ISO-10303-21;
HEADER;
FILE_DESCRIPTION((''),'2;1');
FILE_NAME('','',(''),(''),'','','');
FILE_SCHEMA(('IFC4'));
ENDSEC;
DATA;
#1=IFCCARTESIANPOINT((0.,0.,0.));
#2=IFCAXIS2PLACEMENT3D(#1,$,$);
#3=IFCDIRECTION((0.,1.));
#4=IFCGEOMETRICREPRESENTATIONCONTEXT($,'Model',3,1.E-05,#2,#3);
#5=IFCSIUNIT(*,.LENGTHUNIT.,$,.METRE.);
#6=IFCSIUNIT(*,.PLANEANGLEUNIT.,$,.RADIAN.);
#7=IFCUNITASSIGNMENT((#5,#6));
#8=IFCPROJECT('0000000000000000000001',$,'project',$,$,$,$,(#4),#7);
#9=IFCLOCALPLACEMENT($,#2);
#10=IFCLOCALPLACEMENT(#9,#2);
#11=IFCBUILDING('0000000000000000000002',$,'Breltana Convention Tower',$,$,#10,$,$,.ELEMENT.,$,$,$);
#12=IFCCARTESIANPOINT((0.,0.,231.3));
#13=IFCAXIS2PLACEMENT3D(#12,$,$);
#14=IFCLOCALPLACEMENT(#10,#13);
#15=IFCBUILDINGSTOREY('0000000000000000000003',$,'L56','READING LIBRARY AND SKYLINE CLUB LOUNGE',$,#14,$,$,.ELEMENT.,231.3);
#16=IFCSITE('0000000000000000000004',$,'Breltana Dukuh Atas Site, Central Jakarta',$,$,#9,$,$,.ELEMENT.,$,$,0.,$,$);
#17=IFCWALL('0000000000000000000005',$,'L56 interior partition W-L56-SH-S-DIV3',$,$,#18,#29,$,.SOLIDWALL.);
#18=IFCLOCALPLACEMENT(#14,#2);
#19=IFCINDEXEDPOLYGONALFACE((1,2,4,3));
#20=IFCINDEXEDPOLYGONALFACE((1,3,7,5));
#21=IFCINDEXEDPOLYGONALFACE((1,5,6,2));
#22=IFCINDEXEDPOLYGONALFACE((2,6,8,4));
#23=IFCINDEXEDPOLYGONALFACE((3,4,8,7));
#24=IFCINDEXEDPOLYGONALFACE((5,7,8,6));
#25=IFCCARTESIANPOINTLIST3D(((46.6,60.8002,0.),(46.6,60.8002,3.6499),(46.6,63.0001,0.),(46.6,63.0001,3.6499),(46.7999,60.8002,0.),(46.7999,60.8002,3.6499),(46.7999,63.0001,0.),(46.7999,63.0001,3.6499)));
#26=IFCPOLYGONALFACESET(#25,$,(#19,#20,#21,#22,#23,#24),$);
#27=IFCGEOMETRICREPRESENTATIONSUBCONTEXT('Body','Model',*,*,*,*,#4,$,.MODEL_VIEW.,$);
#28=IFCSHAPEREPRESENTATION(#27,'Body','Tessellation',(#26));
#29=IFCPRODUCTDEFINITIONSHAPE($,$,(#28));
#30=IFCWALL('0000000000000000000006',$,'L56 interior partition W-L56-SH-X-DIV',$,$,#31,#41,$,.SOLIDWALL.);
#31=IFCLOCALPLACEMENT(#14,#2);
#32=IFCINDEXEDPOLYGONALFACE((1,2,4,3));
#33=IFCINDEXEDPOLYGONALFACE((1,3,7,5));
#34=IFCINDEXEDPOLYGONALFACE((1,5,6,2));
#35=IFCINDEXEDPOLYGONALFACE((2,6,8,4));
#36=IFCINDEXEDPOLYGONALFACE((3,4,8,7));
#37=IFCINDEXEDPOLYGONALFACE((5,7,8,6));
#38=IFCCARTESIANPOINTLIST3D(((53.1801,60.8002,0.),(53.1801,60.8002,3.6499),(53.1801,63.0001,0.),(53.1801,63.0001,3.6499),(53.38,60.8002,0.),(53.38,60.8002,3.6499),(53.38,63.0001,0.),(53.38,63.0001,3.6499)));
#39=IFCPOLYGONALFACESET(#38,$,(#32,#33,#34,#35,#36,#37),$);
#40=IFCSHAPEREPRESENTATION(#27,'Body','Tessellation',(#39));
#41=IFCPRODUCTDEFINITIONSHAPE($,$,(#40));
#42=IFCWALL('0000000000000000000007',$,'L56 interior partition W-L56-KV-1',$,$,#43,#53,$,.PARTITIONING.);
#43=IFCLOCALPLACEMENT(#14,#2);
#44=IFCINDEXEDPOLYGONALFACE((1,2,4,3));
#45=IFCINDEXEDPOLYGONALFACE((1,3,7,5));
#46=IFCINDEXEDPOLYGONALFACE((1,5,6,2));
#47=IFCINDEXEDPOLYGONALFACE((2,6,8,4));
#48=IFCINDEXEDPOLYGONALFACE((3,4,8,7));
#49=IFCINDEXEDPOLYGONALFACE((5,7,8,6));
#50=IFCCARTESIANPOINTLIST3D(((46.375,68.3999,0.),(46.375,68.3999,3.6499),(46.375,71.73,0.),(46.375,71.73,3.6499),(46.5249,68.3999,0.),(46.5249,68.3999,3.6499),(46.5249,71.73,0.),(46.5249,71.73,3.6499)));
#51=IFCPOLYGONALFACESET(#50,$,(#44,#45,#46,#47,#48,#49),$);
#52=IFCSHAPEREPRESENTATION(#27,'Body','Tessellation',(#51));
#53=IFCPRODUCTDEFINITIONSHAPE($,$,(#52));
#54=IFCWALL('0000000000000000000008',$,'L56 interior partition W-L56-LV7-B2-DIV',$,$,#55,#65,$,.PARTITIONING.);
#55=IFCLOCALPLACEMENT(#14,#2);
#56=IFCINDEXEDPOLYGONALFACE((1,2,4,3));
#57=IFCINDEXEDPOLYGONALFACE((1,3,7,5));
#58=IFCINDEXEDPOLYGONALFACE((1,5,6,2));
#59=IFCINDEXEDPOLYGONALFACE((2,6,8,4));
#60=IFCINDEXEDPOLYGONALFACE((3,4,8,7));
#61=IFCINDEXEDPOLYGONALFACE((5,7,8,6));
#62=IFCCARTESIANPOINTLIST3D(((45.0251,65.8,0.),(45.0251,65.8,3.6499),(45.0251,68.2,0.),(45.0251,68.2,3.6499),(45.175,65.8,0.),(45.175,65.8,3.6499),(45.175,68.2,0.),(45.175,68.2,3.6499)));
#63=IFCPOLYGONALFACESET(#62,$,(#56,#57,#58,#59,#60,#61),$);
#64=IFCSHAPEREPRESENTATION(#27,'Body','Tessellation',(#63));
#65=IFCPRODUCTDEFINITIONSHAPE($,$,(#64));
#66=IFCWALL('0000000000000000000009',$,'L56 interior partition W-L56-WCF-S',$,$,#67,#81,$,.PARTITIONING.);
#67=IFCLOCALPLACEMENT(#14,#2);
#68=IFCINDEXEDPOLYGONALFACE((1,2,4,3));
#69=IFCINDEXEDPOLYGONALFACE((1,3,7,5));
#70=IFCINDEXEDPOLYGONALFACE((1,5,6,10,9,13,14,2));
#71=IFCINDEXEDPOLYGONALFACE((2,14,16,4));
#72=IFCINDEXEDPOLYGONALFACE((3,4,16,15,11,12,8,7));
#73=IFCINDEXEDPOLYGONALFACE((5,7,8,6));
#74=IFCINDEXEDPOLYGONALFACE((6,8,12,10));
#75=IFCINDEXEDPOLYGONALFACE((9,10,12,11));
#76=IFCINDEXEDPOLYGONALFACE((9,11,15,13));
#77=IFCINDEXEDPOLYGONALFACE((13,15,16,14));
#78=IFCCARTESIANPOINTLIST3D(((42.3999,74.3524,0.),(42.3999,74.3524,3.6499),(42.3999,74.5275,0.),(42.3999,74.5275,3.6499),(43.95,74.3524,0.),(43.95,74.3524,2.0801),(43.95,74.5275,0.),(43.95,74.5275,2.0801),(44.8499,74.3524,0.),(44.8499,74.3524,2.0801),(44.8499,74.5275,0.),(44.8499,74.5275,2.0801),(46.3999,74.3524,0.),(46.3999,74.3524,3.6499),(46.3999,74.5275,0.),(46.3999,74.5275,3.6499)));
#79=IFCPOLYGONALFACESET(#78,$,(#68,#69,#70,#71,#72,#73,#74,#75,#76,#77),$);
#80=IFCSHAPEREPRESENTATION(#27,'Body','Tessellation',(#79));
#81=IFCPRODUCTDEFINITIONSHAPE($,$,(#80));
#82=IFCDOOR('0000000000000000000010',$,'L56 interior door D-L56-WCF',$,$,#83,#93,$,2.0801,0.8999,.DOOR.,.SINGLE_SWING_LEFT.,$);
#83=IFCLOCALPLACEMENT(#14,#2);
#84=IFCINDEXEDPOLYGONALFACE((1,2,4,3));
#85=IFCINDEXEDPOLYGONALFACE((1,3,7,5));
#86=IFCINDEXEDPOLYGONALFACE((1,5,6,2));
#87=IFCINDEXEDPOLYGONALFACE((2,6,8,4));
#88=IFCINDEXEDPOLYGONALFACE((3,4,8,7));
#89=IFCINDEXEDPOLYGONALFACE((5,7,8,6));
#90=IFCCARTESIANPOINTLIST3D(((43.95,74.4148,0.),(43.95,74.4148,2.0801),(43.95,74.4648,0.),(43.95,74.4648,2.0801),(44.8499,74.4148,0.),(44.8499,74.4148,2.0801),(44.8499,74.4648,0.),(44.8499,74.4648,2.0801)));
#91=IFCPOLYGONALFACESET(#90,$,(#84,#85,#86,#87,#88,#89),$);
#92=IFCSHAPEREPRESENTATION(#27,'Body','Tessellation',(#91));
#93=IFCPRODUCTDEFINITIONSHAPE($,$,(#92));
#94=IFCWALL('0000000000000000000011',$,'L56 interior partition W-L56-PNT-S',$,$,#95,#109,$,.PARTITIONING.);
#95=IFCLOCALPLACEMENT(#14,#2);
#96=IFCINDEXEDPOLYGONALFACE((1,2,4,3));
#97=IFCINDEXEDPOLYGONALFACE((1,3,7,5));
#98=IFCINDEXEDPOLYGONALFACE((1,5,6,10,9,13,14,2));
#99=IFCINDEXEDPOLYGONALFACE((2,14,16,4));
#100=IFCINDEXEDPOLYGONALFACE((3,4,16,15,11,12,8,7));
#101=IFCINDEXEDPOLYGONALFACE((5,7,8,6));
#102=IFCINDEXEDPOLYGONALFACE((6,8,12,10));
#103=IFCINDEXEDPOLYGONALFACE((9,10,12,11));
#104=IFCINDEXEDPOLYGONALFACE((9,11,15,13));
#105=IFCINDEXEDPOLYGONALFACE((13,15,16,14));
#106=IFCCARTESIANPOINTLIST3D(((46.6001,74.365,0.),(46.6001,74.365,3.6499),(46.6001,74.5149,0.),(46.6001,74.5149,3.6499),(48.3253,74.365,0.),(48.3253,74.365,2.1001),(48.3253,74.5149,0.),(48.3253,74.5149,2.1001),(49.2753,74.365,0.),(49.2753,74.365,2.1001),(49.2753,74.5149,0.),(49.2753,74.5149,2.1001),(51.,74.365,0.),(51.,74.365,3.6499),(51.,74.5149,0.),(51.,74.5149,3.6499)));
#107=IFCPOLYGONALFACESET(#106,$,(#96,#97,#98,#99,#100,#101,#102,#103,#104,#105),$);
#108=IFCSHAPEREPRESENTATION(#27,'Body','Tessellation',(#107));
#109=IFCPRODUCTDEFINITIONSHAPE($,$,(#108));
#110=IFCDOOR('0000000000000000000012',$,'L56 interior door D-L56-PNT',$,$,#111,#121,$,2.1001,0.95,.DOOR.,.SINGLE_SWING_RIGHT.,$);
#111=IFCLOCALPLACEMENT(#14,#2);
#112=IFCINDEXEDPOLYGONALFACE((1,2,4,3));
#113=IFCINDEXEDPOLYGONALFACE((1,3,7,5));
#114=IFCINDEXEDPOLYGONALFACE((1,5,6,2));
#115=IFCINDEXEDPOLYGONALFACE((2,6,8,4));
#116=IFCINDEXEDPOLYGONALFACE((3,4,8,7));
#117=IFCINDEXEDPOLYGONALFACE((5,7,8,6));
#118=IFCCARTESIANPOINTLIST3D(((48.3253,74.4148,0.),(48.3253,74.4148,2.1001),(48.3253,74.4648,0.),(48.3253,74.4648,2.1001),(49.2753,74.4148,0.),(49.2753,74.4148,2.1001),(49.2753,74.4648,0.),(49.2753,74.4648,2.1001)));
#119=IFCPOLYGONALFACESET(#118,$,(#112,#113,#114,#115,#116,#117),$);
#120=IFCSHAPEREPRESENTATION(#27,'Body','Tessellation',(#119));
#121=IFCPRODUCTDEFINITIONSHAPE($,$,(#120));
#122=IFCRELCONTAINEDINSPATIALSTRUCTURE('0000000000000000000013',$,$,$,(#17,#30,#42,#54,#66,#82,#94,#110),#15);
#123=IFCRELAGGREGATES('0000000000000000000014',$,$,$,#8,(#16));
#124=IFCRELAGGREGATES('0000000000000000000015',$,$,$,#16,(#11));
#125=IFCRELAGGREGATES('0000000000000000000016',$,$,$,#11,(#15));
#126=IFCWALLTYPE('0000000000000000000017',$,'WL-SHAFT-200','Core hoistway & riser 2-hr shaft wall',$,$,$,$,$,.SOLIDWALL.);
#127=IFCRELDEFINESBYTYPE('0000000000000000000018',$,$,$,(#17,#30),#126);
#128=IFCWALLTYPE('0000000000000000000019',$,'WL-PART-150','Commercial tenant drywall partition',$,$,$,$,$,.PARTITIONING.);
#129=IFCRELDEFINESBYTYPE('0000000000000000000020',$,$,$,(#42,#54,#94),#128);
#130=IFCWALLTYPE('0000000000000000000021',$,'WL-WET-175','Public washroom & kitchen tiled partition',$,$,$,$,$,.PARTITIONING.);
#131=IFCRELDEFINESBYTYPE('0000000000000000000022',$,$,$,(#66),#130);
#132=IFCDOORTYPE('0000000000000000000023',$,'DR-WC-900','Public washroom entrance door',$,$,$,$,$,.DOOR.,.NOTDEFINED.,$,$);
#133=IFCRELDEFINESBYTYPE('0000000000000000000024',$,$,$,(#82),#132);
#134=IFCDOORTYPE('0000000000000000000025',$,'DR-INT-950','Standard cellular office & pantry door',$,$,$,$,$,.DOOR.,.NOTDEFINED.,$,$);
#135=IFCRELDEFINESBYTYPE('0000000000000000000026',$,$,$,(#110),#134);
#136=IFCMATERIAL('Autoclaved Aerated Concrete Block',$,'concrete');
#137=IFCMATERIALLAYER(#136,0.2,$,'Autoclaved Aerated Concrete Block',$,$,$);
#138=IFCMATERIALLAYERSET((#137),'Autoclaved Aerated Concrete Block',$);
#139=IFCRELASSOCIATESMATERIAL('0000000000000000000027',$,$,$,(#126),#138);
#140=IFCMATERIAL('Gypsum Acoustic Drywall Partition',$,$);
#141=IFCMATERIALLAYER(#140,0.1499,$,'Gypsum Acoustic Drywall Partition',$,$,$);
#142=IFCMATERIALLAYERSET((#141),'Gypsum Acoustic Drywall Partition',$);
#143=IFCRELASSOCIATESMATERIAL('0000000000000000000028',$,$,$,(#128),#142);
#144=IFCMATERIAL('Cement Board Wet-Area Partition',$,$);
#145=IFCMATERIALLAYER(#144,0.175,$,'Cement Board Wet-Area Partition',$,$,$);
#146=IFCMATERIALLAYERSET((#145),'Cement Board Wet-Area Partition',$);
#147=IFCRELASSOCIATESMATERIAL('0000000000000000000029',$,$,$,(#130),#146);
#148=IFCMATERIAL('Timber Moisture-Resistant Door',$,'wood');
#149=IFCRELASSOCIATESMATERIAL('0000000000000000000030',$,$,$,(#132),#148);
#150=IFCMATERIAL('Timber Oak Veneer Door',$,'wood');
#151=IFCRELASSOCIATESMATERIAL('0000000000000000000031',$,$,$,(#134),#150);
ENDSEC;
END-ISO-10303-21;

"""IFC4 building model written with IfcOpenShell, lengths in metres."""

from ifc_helpers import new_model, si_unit, direction, frame, frame_2d, origin, place, context, subcontext, project, spatial, rectangle, extrude, source, transform, mapped, material, layer, layer_set, type_object, type_shapes, element, fill, save


model = new_model("IFC4")

# Units and contexts
model_context = context("Model", 3, precision=1e-05, world=origin(), true_north=direction((0.0, 1.0)))
body_context = subcontext(model_context, "Body", "Model", "MODEL_VIEW")
ifc_project = project(units=[si_unit("LENGTHUNIT", "METRE"), si_unit("PLANEANGLEUNIT", "RADIAN")], contexts=[model_context])

# Site, building, storey
site_placement = place(None, origin())
site = spatial("IfcSite", under=ifc_project, at=site_placement, Name="Breltana Dukuh Atas Site, Central Jakarta", CompositionType="ELEMENT", RefElevation=0.0)
building_placement = place(site_placement, origin())
building = spatial("IfcBuilding", under=site, at=building_placement, Name="Breltana Convention Tower", CompositionType="ELEMENT")
storey_placement = place(building_placement, frame((0.0, 0.0, 231.3)))
storey = spatial("IfcBuildingStorey", under=building, at=storey_placement, Name="L56", Description="READING LIBRARY AND SKYLINE CLUB LOUNGE", CompositionType="ELEMENT", Elevation=231.3)

# Shared definitions
ifc_material_1 = material(Name="Autoclaved Aerated Concrete Block", Category="concrete")
ifc_layer_1 = layer(ifc_material_1, 0.2, Name="Autoclaved Aerated Concrete Block")
ifc_layer_set_1 = layer_set([ifc_layer_1], Name="Autoclaved Aerated Concrete Block")
wall_type_1 = type_object("IfcWallType", Name="WL-SHAFT-200", Description="Core hoistway & riser 2-hr shaft wall", PredefinedType="SOLIDWALL", material=ifc_layer_set_1)

# Walls
shared_shape_1 = source(origin(), body_context, "Body", "SweptSolid", [
    extrude(rectangle(XDim=2.2, YDim=0.2, at=frame_2d((1.1001, 0.0))), origin(), (0.0, 0.0, 1.0), 3.6499),
])
for number, where, z_axis, x_axis, name in (
    (1, (46.7, 60.8, 0.0), (0.0, 0.0, 1.0), (0.0, 1.0, 0.0), "L56 interior partition W-L56-SH-S-DIV3"),
    (2, (53.28, 60.8, 0.0), (0.0, 0.0, 1.0), (0.0, 1.0, 0.0), "L56 interior partition W-L56-SH-X-DIV"),
):
    element("IfcWall", number, at=place(storey_placement, frame(where, z_axis=z_axis, x_axis=x_axis)), inside=storey, type_object=wall_type_1, Name=name, PredefinedType="SOLIDWALL", context=body_context, shape_type="MappedRepresentation", body=[
        mapped(shared_shape_1, transform((0.0, 0.0, 0.0), scale=1.0)),
    ])
ifc_material_2 = material(Name="Gypsum Acoustic Drywall Partition")
ifc_layer_2 = layer(ifc_material_2, 0.1499, Name="Gypsum Acoustic Drywall Partition")
ifc_layer_set_2 = layer_set([ifc_layer_2], Name="Gypsum Acoustic Drywall Partition")
wall_type_2 = type_object("IfcWallType", Name="WL-PART-150", Description="Commercial tenant drywall partition", PredefinedType="PARTITIONING", material=ifc_layer_set_2)
shared_shape_2 = source(origin(), body_context, "Body", "SweptSolid", [
    extrude(rectangle(XDim=3.3301, YDim=0.1499, at=frame_2d((1.665, 0.0))), origin(), (0.0, 0.0, 1.0), 3.6499),
])
wall_1_placement = place(storey_placement, frame((46.45, 68.3999, 0.0), z_axis=(0.0, 0.0, 1.0), x_axis=(0.0, 1.0, 0.0)))
element("IfcWall", 3, at=wall_1_placement, inside=storey, type_object=wall_type_2, Name="L56 interior partition W-L56-KV-1", PredefinedType="PARTITIONING", context=body_context, shape_type="MappedRepresentation", body=[
    mapped(shared_shape_2, transform((0.0, 0.0, 0.0), scale=1.0)),
])
shared_shape_3 = source(origin(), body_context, "Body", "SweptSolid", [
    extrude(rectangle(XDim=2.3999, YDim=0.1499, at=frame_2d((1.2, 0.0))), origin(), (0.0, 0.0, 1.0), 3.6499),
])
wall_2_placement = place(storey_placement, frame((45.1001, 65.8, 0.0), z_axis=(0.0, 0.0, 1.0), x_axis=(0.0, 1.0, 0.0)))
element("IfcWall", 4, at=wall_2_placement, inside=storey, type_object=wall_type_2, Name="L56 interior partition W-L56-LV7-B2-DIV", PredefinedType="PARTITIONING", context=body_context, shape_type="MappedRepresentation", body=[
    mapped(shared_shape_3, transform((0.0, 0.0, 0.0), scale=1.0)),
])

# Walls, openings, doors
ifc_material_3 = material(Name="Cement Board Wet-Area Partition")
ifc_layer_3 = layer(ifc_material_3, 0.175, Name="Cement Board Wet-Area Partition")
ifc_layer_set_3 = layer_set([ifc_layer_3], Name="Cement Board Wet-Area Partition")
wall_type_3 = type_object("IfcWallType", Name="WL-WET-175", Description="Public washroom & kitchen tiled partition", PredefinedType="PARTITIONING", material=ifc_layer_set_3)
shared_shape_4 = source(origin(), body_context, "Body", "SweptSolid", [
    extrude(rectangle(XDim=4.0, YDim=0.175, at=frame_2d((2.0, 0.0))), origin(), (0.0, 0.0, 1.0), 3.6499),
])
wall_3_placement = place(storey_placement, frame((42.3999, 74.4399, 0.0), z_axis=(0.0, 0.0, 1.0), x_axis=(1.0, 0.0, 0.0)))
wall_3 = element("IfcWall", 5, at=wall_3_placement, inside=storey, type_object=wall_type_3, Name="L56 interior partition W-L56-WCF-S", PredefinedType="PARTITIONING", context=body_context, shape_type="MappedRepresentation", body=[
    mapped(shared_shape_4, transform((0.0, 0.0, 0.0), scale=1.0)),
])
opening_1_placement = place(wall_3_placement, frame((1.55, 0.0, 0.0)))
opening_1 = element("IfcOpeningElement", 6, at=opening_1_placement, cuts=wall_3, PredefinedType="OPENING", context=body_context, shape_type="SweptSolid", body=[
    extrude(rectangle(XDim=0.8999, YDim=2.0801, at=frame_2d((0.45, 1.04))), frame((0.0, 0.0977, 0.0), z_axis=(0.0, -1.0, 0.0), x_axis=(1.0, 0.0, 0.0)), (0.0, 0.0, 1.0), 0.1951),
])
ifc_material_4 = material(Name="Timber Moisture-Resistant Door", Category="wood")
door_type_1 = type_object("IfcDoorType", Name="DR-WC-900", Description="Public washroom entrance door", OperationType="NOTDEFINED", PredefinedType="DOOR", material=ifc_material_4)
shared_shape_5 = source(origin(), body_context, "Body", "SweptSolid", [
    extrude(rectangle(XDim=0.8999, YDim=2.0801, at=frame_2d((0.45, 1.04))), frame((0.0, 0.0249, 0.0), z_axis=(0.0, -1.0, 0.0), x_axis=(1.0, 0.0, 0.0)), (0.0, 0.0, 1.0), 0.05),
])
type_shapes(door_type_1, [shared_shape_5])
door_1_placement = place(opening_1_placement, origin())
door_1 = element("IfcDoor", 7, at=door_1_placement, inside=storey, type_object=door_type_1, Name="L56 interior door D-L56-WCF", OperationType="SINGLE_SWING_LEFT", OverallHeight=2.0801, OverallWidth=0.8999, PredefinedType="DOOR", context=body_context, shape_type="MappedRepresentation", body=[
    mapped(shared_shape_5, transform((0.0, 0.0, 0.0), scale=1.0)),
])
fill(opening_1, door_1)
shared_shape_6 = source(origin(), body_context, "Body", "SweptSolid", [
    extrude(rectangle(XDim=4.3999, YDim=0.1499, at=frame_2d((2.2, 0.0))), origin(), (0.0, 0.0, 1.0), 3.6499),
])
wall_4_placement = place(storey_placement, frame((46.6001, 74.4399, 0.0), z_axis=(0.0, 0.0, 1.0), x_axis=(1.0, 0.0, 0.0)))
wall_4 = element("IfcWall", 8, at=wall_4_placement, inside=storey, type_object=wall_type_2, Name="L56 interior partition W-L56-PNT-S", PredefinedType="PARTITIONING", context=body_context, shape_type="MappedRepresentation", body=[
    mapped(shared_shape_6, transform((0.0, 0.0, 0.0), scale=1.0)),
])
opening_2_placement = place(wall_4_placement, frame((1.7251, 0.0, 0.0)))
opening_2 = element("IfcOpeningElement", 9, at=opening_2_placement, cuts=wall_4, PredefinedType="OPENING", context=body_context, shape_type="SweptSolid", body=[
    extrude(rectangle(XDim=0.95, YDim=2.1001, at=frame_2d((0.4751, 1.05))), frame((0.0, 0.085, 0.0), z_axis=(0.0, -1.0, 0.0), x_axis=(1.0, 0.0, 0.0)), (0.0, 0.0, 1.0), 0.1699),
])
ifc_material_5 = material(Name="Timber Oak Veneer Door", Category="wood")
door_type_2 = type_object("IfcDoorType", Name="DR-INT-950", Description="Standard cellular office & pantry door", OperationType="NOTDEFINED", PredefinedType="DOOR", material=ifc_material_5)
shared_shape_7 = source(origin(), body_context, "Body", "SweptSolid", [
    extrude(rectangle(XDim=0.95, YDim=2.1001, at=frame_2d((0.4751, 1.05))), frame((0.0, 0.0249, 0.0), z_axis=(0.0, -1.0, 0.0), x_axis=(1.0, 0.0, 0.0)), (0.0, 0.0, 1.0), 0.05),
])
type_shapes(door_type_2, [shared_shape_7])
door_2_placement = place(opening_2_placement, origin())
door_2 = element("IfcDoor", 10, at=door_2_placement, inside=storey, type_object=door_type_2, Name="L56 interior door D-L56-PNT", OperationType="SINGLE_SWING_RIGHT", OverallHeight=2.1001, OverallWidth=0.95, PredefinedType="DOOR", context=body_context, shape_type="MappedRepresentation", body=[
    mapped(shared_shape_7, transform((0.0, 0.0, 0.0), scale=1.0)),
])
fill(opening_2, door_2)

save(model, "model.ifc")
